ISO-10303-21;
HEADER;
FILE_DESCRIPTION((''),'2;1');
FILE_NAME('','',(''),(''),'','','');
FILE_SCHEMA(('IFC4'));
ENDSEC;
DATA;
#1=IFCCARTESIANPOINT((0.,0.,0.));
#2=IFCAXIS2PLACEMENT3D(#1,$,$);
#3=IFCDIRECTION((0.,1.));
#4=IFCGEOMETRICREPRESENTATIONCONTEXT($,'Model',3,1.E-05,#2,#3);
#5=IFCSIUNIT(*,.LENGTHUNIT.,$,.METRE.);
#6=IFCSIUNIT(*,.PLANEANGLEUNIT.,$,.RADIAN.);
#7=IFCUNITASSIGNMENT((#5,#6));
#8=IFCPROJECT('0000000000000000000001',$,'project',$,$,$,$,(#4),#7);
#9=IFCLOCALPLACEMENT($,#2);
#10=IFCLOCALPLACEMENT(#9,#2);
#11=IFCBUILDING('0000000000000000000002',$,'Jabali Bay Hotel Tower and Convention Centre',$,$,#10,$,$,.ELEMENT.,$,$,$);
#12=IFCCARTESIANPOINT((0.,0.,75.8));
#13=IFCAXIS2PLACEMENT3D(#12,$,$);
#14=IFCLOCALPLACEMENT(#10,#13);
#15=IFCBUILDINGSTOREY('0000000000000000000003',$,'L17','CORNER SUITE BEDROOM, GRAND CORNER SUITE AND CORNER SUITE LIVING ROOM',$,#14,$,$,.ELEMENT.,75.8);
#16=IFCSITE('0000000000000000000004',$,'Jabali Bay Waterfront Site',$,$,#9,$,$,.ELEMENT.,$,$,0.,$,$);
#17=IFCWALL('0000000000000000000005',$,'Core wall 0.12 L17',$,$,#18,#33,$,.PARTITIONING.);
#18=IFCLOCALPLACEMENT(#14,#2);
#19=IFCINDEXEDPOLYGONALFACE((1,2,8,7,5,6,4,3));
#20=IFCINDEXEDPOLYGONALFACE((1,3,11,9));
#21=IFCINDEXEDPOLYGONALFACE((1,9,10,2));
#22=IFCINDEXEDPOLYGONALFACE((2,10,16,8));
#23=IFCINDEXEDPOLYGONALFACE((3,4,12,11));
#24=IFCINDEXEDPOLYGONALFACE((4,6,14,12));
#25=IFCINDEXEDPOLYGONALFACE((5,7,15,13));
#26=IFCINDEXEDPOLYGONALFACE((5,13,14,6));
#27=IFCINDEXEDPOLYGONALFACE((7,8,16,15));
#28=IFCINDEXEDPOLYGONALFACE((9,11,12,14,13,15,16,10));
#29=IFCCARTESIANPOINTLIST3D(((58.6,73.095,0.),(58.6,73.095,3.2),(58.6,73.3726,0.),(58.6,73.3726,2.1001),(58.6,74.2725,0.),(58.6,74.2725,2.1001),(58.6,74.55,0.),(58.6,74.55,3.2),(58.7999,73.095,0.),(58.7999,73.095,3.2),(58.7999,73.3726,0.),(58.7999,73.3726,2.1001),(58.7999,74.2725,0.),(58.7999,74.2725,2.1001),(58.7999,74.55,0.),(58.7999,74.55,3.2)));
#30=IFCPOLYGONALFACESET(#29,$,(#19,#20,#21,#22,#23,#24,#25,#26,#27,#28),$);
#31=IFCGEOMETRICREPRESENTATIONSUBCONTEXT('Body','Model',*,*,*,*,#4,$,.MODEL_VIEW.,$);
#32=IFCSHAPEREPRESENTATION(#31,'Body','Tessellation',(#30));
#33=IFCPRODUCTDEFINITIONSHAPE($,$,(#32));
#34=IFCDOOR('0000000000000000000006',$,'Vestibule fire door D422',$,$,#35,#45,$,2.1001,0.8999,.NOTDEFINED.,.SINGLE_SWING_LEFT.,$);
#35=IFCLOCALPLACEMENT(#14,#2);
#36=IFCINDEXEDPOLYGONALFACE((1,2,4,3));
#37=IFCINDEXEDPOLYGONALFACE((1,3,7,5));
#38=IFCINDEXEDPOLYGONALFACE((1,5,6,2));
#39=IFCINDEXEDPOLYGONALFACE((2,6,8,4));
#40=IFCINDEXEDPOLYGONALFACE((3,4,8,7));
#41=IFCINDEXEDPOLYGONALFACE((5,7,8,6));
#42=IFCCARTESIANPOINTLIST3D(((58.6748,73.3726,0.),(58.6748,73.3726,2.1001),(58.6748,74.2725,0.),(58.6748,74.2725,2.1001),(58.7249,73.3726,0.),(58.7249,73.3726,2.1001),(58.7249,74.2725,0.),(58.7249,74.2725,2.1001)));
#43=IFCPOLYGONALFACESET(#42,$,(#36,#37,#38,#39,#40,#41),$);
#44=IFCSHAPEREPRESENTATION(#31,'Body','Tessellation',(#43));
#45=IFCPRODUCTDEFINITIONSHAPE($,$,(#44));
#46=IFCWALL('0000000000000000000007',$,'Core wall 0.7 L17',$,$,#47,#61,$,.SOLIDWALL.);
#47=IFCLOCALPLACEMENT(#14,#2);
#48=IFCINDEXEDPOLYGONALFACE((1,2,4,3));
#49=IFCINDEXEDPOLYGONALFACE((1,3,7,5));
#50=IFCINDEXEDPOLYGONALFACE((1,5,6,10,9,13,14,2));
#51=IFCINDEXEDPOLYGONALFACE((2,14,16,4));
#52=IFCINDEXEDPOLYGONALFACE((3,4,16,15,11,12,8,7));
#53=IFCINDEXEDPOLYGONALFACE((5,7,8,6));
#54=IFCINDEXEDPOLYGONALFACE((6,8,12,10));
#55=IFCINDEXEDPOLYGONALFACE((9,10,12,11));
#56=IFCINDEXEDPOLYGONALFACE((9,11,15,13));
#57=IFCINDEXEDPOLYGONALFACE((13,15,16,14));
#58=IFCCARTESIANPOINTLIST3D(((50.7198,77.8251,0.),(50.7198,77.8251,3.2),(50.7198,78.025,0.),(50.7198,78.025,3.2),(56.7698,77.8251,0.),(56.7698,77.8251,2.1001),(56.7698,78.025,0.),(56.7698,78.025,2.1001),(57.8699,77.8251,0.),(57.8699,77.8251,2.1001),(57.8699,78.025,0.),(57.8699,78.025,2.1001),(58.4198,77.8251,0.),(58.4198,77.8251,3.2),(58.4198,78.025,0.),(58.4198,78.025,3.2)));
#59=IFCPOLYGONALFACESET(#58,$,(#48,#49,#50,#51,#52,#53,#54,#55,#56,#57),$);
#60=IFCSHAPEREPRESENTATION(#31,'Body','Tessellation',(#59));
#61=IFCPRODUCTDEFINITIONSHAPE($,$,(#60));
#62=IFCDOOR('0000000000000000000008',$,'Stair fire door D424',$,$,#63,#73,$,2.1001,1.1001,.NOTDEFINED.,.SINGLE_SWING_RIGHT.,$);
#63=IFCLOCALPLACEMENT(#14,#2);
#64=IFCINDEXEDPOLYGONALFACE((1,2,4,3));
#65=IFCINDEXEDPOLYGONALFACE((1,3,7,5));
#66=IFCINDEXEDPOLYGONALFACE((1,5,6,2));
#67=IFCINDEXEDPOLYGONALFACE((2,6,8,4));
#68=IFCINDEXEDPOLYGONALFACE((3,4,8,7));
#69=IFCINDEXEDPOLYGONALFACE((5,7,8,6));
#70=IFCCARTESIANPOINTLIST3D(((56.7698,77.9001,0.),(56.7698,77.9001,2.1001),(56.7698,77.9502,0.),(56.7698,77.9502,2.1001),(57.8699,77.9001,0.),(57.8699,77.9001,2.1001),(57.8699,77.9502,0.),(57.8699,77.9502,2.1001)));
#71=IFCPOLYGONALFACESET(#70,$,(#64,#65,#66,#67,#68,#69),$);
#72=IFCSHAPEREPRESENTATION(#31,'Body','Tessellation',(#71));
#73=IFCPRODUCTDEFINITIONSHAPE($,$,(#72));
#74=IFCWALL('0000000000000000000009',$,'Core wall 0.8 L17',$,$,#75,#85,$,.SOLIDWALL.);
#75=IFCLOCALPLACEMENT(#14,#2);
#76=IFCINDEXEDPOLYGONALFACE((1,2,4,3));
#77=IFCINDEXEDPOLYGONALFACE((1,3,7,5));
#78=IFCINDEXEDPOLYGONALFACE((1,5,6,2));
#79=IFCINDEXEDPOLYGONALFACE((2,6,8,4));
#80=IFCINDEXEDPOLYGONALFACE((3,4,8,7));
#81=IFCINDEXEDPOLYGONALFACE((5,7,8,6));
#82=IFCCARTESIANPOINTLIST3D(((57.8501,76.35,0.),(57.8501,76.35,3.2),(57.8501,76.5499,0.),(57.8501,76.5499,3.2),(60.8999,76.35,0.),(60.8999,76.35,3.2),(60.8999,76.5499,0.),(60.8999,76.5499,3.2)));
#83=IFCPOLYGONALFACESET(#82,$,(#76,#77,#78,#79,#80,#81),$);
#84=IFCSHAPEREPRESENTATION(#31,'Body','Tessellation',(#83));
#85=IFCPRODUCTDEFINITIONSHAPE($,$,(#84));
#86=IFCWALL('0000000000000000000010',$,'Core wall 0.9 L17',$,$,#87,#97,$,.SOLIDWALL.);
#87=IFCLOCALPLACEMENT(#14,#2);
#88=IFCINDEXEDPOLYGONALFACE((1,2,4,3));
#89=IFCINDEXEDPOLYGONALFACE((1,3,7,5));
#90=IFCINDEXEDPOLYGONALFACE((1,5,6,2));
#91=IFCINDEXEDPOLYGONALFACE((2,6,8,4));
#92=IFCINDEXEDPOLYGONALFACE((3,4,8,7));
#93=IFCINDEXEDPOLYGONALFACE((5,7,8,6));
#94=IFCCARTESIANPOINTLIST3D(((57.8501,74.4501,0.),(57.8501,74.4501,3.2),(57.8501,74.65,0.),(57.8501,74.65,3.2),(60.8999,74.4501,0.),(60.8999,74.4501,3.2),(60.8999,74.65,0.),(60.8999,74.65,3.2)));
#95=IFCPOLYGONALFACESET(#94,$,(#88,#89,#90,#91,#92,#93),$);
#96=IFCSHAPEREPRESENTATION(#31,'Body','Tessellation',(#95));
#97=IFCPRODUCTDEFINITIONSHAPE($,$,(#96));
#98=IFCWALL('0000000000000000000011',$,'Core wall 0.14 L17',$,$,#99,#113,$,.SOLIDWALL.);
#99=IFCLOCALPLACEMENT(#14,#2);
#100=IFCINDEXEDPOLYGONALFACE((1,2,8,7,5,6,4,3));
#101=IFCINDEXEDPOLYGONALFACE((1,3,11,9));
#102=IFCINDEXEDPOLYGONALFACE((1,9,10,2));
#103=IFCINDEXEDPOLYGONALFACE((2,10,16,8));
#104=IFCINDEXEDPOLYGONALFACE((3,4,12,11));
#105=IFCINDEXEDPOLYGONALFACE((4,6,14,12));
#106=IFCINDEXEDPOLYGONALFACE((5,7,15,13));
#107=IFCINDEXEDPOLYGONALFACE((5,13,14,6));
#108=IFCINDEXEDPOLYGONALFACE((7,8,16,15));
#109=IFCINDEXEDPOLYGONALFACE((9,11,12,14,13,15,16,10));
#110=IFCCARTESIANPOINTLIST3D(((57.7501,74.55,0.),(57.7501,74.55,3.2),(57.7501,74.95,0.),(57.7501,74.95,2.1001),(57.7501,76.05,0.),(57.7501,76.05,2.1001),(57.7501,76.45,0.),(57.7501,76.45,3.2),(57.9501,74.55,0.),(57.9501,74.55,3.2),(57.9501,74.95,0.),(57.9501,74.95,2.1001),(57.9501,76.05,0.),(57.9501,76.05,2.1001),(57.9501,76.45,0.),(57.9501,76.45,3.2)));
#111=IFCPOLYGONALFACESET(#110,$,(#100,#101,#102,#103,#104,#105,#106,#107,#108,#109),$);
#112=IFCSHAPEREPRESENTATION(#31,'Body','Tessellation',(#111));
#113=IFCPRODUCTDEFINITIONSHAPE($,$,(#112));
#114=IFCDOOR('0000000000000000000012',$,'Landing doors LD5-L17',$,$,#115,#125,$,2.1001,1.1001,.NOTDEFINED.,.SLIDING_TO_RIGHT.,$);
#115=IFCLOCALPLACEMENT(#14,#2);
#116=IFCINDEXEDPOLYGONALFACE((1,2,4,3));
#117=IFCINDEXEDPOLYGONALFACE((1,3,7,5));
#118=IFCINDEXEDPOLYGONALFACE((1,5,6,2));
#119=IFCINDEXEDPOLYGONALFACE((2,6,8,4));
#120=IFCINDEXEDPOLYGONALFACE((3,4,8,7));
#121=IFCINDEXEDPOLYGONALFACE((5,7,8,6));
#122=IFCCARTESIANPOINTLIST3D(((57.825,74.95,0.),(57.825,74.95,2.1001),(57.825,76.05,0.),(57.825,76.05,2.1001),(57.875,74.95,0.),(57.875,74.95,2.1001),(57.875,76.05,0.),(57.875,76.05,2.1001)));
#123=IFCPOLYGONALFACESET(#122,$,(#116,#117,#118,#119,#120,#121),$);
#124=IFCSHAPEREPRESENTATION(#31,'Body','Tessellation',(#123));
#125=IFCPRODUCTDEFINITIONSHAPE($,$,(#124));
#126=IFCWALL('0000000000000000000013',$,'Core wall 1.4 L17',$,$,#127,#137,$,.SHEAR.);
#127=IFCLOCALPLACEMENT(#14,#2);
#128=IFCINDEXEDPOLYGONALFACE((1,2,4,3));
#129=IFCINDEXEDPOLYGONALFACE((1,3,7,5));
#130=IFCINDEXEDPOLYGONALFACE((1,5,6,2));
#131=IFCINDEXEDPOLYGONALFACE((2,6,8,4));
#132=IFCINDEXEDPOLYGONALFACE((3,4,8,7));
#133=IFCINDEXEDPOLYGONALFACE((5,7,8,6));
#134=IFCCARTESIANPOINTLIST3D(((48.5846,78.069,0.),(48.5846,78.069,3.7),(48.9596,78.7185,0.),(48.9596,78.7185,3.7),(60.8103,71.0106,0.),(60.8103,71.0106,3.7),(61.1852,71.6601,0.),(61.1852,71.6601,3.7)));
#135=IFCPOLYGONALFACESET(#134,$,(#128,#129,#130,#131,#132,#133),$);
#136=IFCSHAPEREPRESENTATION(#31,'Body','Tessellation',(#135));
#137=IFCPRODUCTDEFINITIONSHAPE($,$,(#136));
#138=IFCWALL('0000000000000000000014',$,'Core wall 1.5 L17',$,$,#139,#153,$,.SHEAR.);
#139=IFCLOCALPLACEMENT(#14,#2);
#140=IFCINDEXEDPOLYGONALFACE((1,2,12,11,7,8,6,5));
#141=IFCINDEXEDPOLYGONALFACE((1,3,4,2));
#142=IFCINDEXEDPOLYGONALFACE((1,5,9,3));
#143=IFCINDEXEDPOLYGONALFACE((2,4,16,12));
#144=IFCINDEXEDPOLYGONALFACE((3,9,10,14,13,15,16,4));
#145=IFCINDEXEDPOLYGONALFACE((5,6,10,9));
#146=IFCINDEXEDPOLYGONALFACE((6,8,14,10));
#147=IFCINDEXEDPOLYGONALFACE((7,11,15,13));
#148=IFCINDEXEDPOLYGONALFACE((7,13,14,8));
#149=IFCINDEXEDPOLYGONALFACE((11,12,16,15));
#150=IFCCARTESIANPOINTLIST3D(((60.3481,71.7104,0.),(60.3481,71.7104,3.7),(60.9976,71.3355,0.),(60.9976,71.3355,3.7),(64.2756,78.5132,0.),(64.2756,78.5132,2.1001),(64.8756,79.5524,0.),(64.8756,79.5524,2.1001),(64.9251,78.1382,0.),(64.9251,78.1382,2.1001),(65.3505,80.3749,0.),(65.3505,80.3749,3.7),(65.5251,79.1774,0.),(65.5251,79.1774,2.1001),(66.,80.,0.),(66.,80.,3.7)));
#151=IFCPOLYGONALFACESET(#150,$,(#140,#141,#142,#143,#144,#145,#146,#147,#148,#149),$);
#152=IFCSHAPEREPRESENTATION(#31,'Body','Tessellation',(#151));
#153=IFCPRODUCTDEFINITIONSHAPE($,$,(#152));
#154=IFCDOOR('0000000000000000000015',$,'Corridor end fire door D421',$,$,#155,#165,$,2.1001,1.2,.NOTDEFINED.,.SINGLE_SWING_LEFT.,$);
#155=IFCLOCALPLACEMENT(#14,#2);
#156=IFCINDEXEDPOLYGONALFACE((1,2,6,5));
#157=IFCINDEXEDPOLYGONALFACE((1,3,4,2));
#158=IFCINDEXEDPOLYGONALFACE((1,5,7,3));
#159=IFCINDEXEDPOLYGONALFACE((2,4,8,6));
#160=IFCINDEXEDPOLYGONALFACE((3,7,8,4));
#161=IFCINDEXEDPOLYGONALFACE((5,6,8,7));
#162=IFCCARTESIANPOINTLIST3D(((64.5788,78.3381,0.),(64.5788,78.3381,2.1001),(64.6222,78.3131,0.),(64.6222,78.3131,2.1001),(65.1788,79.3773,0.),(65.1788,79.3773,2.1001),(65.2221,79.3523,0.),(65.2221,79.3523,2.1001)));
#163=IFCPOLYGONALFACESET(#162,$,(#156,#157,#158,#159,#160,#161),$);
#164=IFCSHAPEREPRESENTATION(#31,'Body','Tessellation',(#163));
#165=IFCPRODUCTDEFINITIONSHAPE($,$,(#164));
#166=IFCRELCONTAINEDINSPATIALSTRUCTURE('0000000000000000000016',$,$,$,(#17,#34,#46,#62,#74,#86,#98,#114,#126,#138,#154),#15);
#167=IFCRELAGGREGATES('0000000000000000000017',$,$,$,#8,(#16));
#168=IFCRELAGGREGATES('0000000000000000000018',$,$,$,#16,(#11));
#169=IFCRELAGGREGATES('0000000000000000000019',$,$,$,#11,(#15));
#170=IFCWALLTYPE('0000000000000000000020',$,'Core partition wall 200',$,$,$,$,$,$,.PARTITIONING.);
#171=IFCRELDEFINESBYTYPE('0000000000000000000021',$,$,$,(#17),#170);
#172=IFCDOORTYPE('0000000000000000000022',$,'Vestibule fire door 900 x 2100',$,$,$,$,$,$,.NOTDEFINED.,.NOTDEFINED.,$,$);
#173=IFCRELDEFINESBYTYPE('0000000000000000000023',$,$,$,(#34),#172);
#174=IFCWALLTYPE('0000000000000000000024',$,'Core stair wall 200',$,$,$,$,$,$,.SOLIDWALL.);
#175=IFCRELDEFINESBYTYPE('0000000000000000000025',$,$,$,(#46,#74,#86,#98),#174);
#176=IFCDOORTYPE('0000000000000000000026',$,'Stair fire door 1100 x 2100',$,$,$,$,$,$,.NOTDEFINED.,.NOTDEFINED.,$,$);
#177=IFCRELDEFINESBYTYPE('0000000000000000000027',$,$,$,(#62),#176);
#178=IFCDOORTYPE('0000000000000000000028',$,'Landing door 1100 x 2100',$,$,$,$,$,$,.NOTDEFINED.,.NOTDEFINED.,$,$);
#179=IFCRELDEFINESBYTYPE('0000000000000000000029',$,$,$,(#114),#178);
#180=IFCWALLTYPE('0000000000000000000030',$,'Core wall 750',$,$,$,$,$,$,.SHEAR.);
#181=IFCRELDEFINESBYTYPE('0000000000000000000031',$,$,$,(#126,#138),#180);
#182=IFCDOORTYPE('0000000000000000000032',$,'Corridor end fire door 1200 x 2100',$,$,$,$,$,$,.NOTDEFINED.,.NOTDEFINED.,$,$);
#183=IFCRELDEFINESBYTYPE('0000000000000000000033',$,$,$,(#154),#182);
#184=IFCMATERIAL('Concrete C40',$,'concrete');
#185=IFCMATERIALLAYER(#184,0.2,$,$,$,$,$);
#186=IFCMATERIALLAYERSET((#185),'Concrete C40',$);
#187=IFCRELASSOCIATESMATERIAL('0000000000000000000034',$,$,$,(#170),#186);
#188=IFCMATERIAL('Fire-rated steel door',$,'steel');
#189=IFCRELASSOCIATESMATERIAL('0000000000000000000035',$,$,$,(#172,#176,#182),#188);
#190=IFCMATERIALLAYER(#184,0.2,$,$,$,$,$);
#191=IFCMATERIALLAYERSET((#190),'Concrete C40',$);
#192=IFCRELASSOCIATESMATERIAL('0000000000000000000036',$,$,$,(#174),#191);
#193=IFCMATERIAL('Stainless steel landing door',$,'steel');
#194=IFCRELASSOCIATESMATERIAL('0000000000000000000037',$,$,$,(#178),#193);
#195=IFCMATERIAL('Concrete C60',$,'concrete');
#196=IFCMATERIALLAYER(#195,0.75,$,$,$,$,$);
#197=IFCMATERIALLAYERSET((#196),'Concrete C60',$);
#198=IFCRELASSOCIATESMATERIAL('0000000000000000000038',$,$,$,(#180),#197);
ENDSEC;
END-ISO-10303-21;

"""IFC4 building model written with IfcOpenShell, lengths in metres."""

from ifc_helpers import new_model, si_unit, direction, frame, frame_2d, origin, place, context, subcontext, project, spatial, rectangle, extrude, material, layer, layer_set, type_object, element, fill, save


model = new_model("IFC4")

# Units and contexts
model_context = context("Model", 3, precision=1e-05, world=origin(), true_north=direction((0.0, 1.0)))
body_context = subcontext(model_context, "Body", "Model", "MODEL_VIEW")
ifc_project = project(units=[si_unit("LENGTHUNIT", "METRE"), si_unit("PLANEANGLEUNIT", "RADIAN")], contexts=[model_context])

# Site, building, storey
site_placement = place(None, origin())
site = spatial("IfcSite", under=ifc_project, at=site_placement, Name="Jabali Bay Waterfront Site", CompositionType="ELEMENT", RefElevation=0.0)
building_placement = place(site_placement, origin())
building = spatial("IfcBuilding", under=site, at=building_placement, Name="Jabali Bay Hotel Tower and Convention Centre", CompositionType="ELEMENT")
storey_placement = place(building_placement, frame((0.0, 0.0, 75.8)))
storey = spatial("IfcBuildingStorey", under=building, at=storey_placement, Name="L17", Description="CORNER SUITE BEDROOM, GRAND CORNER SUITE AND CORNER SUITE LIVING ROOM", CompositionType="ELEMENT", Elevation=75.8)

# Walls, openings, doors
ifc_material_1 = material(Name="Concrete C40", Category="concrete")
ifc_layer_1 = layer(ifc_material_1, 0.2)
ifc_layer_set_1 = layer_set([ifc_layer_1], Name="Concrete C40")
wall_type_1 = type_object("IfcWallType", Name="Core partition wall 200", PredefinedType="PARTITIONING", material=ifc_layer_set_1)
wall_1_placement = place(storey_placement, frame((58.7, 74.55, 0.0), z_axis=(0.0, 0.0, 1.0), x_axis=(0.0, -1.0, 0.0)))
wall_1 = element("IfcWall", 1, at=wall_1_placement, inside=storey, type_object=wall_type_1, Name="Core wall 0.12 L17", PredefinedType="PARTITIONING", context=body_context, shape_type="SweptSolid", body=[
    extrude(rectangle(XDim=1.4551, YDim=0.2, at=frame_2d((0.7275, 0.0))), origin(), (0.0, 0.0, 1.0), 3.2),
])
opening_1_placement = place(wall_1_placement, frame((0.2776, 0.0, 0.0)))
opening_1 = element("IfcOpeningElement", 2, at=opening_1_placement, cuts=wall_1, PredefinedType="OPENING", context=body_context, shape_type="SweptSolid", body=[
    extrude(rectangle(XDim=0.8999, YDim=2.1001, at=frame_2d((0.45, 1.05))), frame((0.0, 0.1104, 0.0), z_axis=(0.0, -1.0, 0.0), x_axis=(1.0, 0.0, 0.0)), (0.0, 0.0, 1.0), 0.2209),
])
ifc_material_2 = material(Name="Fire-rated steel door", Category="steel")
door_type_1 = type_object("IfcDoorType", Name="Vestibule fire door 900 x 2100", OperationType="NOTDEFINED", PredefinedType="NOTDEFINED", material=ifc_material_2)
door_1_placement = place(opening_1_placement, origin())
door_1 = element("IfcDoor", 3, at=door_1_placement, inside=storey, type_object=door_type_1, Name="Vestibule fire door D422", OperationType="SINGLE_SWING_LEFT", OverallHeight=2.1001, OverallWidth=0.8999, PredefinedType="NOTDEFINED", context=body_context, shape_type="SweptSolid", body=[
    extrude(rectangle(XDim=0.8999, YDim=2.1001, at=frame_2d((0.45, 1.05))), frame((0.0, 0.0249, 0.0), z_axis=(0.0, -1.0, 0.0), x_axis=(1.0, 0.0, 0.0)), (0.0, 0.0, 1.0), 0.05),
])
fill(opening_1, door_1)
ifc_layer_2 = layer(ifc_material_1, 0.2)
ifc_layer_set_2 = layer_set([ifc_layer_2], Name="Concrete C40")
wall_type_2 = type_object("IfcWallType", Name="Core stair wall 200", PredefinedType="SOLIDWALL", material=ifc_layer_set_2)
wall_2_placement = place(storey_placement, frame((58.4199, 77.925, 0.0), z_axis=(0.0, 0.0, 1.0), x_axis=(-1.0, 0.0, 0.0)))
wall_2 = element("IfcWall", 4, at=wall_2_placement, inside=storey, type_object=wall_type_2, Name="Core wall 0.7 L17", PredefinedType="SOLIDWALL", context=body_context, shape_type="SweptSolid", body=[
    extrude(rectangle(XDim=7.7, YDim=0.2, at=frame_2d((3.8501, 0.0))), origin(), (0.0, 0.0, 1.0), 3.2),
])
opening_2_placement = place(wall_2_placement, frame((0.55, 0.0, 0.0)))
opening_2 = element("IfcOpeningElement", 5, at=opening_2_placement, cuts=wall_2, PredefinedType="OPENING", context=body_context, shape_type="SweptSolid", body=[
    extrude(rectangle(XDim=1.1001, YDim=2.1001, at=frame_2d((0.55, 1.05))), frame((0.0, 0.1104, 0.0), z_axis=(0.0, -1.0, 0.0), x_axis=(1.0, 0.0, 0.0)), (0.0, 0.0, 1.0), 0.2209),
])
door_type_2 = type_object("IfcDoorType", Name="Stair fire door 1100 x 2100", OperationType="NOTDEFINED", PredefinedType="NOTDEFINED", material=ifc_material_2)
door_2_placement = place(opening_2_placement, origin())
door_2 = element("IfcDoor", 6, at=door_2_placement, inside=storey, type_object=door_type_2, Name="Stair fire door D424", OperationType="SINGLE_SWING_RIGHT", OverallHeight=2.1001, OverallWidth=1.1001, PredefinedType="NOTDEFINED", context=body_context, shape_type="SweptSolid", body=[
    extrude(rectangle(XDim=1.1001, YDim=2.1001, at=frame_2d((0.55, 1.05))), frame((0.0, 0.0249, 0.0), z_axis=(0.0, -1.0, 0.0), x_axis=(1.0, 0.0, 0.0)), (0.0, 0.0, 1.0), 0.05),
])
fill(opening_2, door_2)

# Walls
for number, where, z_axis, x_axis, name in (
    (7, (60.8999, 76.45, 0.0), (0.0, 0.0, 1.0), (-1.0, 0.0, 0.0), "Core wall 0.8 L17"),
    (8, (60.8999, 74.55, 0.0), (0.0, 0.0, 1.0), (-1.0, 0.0, 0.0), "Core wall 0.9 L17"),
):
    element("IfcWall", number, at=place(storey_placement, frame(where, z_axis=z_axis, x_axis=x_axis)), inside=storey, type_object=wall_type_2, Name=name, PredefinedType="SOLIDWALL", context=body_context, shape_type="SweptSolid", body=[
        extrude(rectangle(XDim=3.0498, YDim=0.2, at=frame_2d((1.5249, 0.0))), origin(), (0.0, 0.0, 1.0), 3.2),
    ])

# Wall, opening, door
wall_3_placement = place(storey_placement, frame((57.8501, 76.45, 0.0), z_axis=(0.0, 0.0, 1.0), x_axis=(0.0, -1.0, 0.0)))
wall_3 = element("IfcWall", 9, at=wall_3_placement, inside=storey, type_object=wall_type_2, Name="Core wall 0.14 L17", PredefinedType="SOLIDWALL", context=body_context, shape_type="SweptSolid", body=[
    extrude(rectangle(XDim=1.8999, YDim=0.2, at=frame_2d((0.95, 0.0))), origin(), (0.0, 0.0, 1.0), 3.2),
])
opening_3_placement = place(wall_3_placement, frame((0.3999, 0.0, 0.0)))
opening_3 = element("IfcOpeningElement", 10, at=opening_3_placement, cuts=wall_3, PredefinedType="OPENING", context=body_context, shape_type="SweptSolid", body=[
    extrude(rectangle(XDim=1.1001, YDim=2.1001, at=frame_2d((0.55, 1.05))), frame((0.0, 0.1104, 0.0), z_axis=(0.0, -1.0, 0.0), x_axis=(1.0, 0.0, 0.0)), (0.0, 0.0, 1.0), 0.2209),
])
ifc_material_3 = material(Name="Stainless steel landing door", Category="steel")
door_type_3 = type_object("IfcDoorType", Name="Landing door 1100 x 2100", OperationType="NOTDEFINED", PredefinedType="NOTDEFINED", material=ifc_material_3)
door_3_placement = place(opening_3_placement, origin())
door_3 = element("IfcDoor", 11, at=door_3_placement, inside=storey, type_object=door_type_3, Name="Landing doors LD5-L17", OperationType="SLIDING_TO_RIGHT", OverallHeight=2.1001, OverallWidth=1.1001, PredefinedType="NOTDEFINED", context=body_context, shape_type="SweptSolid", body=[
    extrude(rectangle(XDim=1.1001, YDim=2.1001, at=frame_2d((0.55, 1.05))), frame((0.0, 0.0249, 0.0), z_axis=(0.0, -1.0, 0.0), x_axis=(1.0, 0.0, 0.0)), (0.0, 0.0, 1.0), 0.05),
])
fill(opening_3, door_3)

# Wall
ifc_material_4 = material(Name="Concrete C60", Category="concrete")
ifc_layer_3 = layer(ifc_material_4, 0.75)
ifc_layer_set_3 = layer_set([ifc_layer_3], Name="Concrete C60")
wall_type_3 = type_object("IfcWallType", Name="Core wall 750", PredefinedType="SHEAR", material=ifc_layer_set_3)
wall_4_placement = place(storey_placement, frame((48.772, 78.3938, 0.0), z_axis=(0.0, 0.0, 1.0), x_axis=(0.866028, -0.499995, 0.0)))
element("IfcWall", 12, at=wall_4_placement, inside=storey, type_object=wall_type_3, Name="Core wall 1.4 L17", PredefinedType="SHEAR", context=body_context, shape_type="SweptSolid", body=[
    extrude(rectangle(XDim=14.1169, YDim=0.75, at=frame_2d((7.0586, 0.0))), origin(), (0.0, 0.0, 1.0), 3.7),
])

# Wall, opening, door
wall_5_placement = place(storey_placement, frame((60.6729, 71.5229, 0.0), z_axis=(0.0, 0.0, 1.0), x_axis=(0.499997, 0.866027, 0.0)))
wall_5 = element("IfcWall", 13, at=wall_5_placement, inside=storey, type_object=wall_type_3, Name="Core wall 1.5 L17", PredefinedType="SHEAR", context=body_context, shape_type="SweptSolid", body=[
    extrude(rectangle(XDim=10.0049, YDim=0.75, at=frame_2d((5.0024, 0.0))), origin(), (0.0, 0.0, 1.0), 3.7),
])
opening_4_placement = place(wall_5_placement, frame((7.855, 0.0, 0.0)))
opening_4 = element("IfcOpeningElement", 14, at=opening_4_placement, cuts=wall_5, PredefinedType="OPENING", context=body_context, shape_type="SweptSolid", body=[
    extrude(rectangle(XDim=1.2, YDim=2.1001, at=frame_2d((0.6001, 1.05))), frame((0.0, 0.3855, 0.0), z_axis=(0.0, -1.0, 0.0), x_axis=(1.0, 0.0, 0.0)), (0.0, 0.0, 1.0), 0.771),
])
door_type_4 = type_object("IfcDoorType", Name="Corridor end fire door 1200 x 2100", OperationType="NOTDEFINED", PredefinedType="NOTDEFINED", material=ifc_material_2)
door_4_placement = place(opening_4_placement, origin())
door_4 = element("IfcDoor", 15, at=door_4_placement, inside=storey, type_object=door_type_4, Name="Corridor end fire door D421", OperationType="SINGLE_SWING_LEFT", OverallHeight=2.1001, OverallWidth=1.2, PredefinedType="NOTDEFINED", context=body_context, shape_type="SweptSolid", body=[
    extrude(rectangle(XDim=1.2, YDim=2.1001, at=frame_2d((0.6001, 1.05))), frame((0.0, 0.0249, 0.0), z_axis=(0.0, -1.0, 0.0), x_axis=(1.0, 0.0, 0.0)), (0.0, 0.0, 1.0), 0.05),
])
fill(opening_4, door_4)

save(model, "model.ifc")
